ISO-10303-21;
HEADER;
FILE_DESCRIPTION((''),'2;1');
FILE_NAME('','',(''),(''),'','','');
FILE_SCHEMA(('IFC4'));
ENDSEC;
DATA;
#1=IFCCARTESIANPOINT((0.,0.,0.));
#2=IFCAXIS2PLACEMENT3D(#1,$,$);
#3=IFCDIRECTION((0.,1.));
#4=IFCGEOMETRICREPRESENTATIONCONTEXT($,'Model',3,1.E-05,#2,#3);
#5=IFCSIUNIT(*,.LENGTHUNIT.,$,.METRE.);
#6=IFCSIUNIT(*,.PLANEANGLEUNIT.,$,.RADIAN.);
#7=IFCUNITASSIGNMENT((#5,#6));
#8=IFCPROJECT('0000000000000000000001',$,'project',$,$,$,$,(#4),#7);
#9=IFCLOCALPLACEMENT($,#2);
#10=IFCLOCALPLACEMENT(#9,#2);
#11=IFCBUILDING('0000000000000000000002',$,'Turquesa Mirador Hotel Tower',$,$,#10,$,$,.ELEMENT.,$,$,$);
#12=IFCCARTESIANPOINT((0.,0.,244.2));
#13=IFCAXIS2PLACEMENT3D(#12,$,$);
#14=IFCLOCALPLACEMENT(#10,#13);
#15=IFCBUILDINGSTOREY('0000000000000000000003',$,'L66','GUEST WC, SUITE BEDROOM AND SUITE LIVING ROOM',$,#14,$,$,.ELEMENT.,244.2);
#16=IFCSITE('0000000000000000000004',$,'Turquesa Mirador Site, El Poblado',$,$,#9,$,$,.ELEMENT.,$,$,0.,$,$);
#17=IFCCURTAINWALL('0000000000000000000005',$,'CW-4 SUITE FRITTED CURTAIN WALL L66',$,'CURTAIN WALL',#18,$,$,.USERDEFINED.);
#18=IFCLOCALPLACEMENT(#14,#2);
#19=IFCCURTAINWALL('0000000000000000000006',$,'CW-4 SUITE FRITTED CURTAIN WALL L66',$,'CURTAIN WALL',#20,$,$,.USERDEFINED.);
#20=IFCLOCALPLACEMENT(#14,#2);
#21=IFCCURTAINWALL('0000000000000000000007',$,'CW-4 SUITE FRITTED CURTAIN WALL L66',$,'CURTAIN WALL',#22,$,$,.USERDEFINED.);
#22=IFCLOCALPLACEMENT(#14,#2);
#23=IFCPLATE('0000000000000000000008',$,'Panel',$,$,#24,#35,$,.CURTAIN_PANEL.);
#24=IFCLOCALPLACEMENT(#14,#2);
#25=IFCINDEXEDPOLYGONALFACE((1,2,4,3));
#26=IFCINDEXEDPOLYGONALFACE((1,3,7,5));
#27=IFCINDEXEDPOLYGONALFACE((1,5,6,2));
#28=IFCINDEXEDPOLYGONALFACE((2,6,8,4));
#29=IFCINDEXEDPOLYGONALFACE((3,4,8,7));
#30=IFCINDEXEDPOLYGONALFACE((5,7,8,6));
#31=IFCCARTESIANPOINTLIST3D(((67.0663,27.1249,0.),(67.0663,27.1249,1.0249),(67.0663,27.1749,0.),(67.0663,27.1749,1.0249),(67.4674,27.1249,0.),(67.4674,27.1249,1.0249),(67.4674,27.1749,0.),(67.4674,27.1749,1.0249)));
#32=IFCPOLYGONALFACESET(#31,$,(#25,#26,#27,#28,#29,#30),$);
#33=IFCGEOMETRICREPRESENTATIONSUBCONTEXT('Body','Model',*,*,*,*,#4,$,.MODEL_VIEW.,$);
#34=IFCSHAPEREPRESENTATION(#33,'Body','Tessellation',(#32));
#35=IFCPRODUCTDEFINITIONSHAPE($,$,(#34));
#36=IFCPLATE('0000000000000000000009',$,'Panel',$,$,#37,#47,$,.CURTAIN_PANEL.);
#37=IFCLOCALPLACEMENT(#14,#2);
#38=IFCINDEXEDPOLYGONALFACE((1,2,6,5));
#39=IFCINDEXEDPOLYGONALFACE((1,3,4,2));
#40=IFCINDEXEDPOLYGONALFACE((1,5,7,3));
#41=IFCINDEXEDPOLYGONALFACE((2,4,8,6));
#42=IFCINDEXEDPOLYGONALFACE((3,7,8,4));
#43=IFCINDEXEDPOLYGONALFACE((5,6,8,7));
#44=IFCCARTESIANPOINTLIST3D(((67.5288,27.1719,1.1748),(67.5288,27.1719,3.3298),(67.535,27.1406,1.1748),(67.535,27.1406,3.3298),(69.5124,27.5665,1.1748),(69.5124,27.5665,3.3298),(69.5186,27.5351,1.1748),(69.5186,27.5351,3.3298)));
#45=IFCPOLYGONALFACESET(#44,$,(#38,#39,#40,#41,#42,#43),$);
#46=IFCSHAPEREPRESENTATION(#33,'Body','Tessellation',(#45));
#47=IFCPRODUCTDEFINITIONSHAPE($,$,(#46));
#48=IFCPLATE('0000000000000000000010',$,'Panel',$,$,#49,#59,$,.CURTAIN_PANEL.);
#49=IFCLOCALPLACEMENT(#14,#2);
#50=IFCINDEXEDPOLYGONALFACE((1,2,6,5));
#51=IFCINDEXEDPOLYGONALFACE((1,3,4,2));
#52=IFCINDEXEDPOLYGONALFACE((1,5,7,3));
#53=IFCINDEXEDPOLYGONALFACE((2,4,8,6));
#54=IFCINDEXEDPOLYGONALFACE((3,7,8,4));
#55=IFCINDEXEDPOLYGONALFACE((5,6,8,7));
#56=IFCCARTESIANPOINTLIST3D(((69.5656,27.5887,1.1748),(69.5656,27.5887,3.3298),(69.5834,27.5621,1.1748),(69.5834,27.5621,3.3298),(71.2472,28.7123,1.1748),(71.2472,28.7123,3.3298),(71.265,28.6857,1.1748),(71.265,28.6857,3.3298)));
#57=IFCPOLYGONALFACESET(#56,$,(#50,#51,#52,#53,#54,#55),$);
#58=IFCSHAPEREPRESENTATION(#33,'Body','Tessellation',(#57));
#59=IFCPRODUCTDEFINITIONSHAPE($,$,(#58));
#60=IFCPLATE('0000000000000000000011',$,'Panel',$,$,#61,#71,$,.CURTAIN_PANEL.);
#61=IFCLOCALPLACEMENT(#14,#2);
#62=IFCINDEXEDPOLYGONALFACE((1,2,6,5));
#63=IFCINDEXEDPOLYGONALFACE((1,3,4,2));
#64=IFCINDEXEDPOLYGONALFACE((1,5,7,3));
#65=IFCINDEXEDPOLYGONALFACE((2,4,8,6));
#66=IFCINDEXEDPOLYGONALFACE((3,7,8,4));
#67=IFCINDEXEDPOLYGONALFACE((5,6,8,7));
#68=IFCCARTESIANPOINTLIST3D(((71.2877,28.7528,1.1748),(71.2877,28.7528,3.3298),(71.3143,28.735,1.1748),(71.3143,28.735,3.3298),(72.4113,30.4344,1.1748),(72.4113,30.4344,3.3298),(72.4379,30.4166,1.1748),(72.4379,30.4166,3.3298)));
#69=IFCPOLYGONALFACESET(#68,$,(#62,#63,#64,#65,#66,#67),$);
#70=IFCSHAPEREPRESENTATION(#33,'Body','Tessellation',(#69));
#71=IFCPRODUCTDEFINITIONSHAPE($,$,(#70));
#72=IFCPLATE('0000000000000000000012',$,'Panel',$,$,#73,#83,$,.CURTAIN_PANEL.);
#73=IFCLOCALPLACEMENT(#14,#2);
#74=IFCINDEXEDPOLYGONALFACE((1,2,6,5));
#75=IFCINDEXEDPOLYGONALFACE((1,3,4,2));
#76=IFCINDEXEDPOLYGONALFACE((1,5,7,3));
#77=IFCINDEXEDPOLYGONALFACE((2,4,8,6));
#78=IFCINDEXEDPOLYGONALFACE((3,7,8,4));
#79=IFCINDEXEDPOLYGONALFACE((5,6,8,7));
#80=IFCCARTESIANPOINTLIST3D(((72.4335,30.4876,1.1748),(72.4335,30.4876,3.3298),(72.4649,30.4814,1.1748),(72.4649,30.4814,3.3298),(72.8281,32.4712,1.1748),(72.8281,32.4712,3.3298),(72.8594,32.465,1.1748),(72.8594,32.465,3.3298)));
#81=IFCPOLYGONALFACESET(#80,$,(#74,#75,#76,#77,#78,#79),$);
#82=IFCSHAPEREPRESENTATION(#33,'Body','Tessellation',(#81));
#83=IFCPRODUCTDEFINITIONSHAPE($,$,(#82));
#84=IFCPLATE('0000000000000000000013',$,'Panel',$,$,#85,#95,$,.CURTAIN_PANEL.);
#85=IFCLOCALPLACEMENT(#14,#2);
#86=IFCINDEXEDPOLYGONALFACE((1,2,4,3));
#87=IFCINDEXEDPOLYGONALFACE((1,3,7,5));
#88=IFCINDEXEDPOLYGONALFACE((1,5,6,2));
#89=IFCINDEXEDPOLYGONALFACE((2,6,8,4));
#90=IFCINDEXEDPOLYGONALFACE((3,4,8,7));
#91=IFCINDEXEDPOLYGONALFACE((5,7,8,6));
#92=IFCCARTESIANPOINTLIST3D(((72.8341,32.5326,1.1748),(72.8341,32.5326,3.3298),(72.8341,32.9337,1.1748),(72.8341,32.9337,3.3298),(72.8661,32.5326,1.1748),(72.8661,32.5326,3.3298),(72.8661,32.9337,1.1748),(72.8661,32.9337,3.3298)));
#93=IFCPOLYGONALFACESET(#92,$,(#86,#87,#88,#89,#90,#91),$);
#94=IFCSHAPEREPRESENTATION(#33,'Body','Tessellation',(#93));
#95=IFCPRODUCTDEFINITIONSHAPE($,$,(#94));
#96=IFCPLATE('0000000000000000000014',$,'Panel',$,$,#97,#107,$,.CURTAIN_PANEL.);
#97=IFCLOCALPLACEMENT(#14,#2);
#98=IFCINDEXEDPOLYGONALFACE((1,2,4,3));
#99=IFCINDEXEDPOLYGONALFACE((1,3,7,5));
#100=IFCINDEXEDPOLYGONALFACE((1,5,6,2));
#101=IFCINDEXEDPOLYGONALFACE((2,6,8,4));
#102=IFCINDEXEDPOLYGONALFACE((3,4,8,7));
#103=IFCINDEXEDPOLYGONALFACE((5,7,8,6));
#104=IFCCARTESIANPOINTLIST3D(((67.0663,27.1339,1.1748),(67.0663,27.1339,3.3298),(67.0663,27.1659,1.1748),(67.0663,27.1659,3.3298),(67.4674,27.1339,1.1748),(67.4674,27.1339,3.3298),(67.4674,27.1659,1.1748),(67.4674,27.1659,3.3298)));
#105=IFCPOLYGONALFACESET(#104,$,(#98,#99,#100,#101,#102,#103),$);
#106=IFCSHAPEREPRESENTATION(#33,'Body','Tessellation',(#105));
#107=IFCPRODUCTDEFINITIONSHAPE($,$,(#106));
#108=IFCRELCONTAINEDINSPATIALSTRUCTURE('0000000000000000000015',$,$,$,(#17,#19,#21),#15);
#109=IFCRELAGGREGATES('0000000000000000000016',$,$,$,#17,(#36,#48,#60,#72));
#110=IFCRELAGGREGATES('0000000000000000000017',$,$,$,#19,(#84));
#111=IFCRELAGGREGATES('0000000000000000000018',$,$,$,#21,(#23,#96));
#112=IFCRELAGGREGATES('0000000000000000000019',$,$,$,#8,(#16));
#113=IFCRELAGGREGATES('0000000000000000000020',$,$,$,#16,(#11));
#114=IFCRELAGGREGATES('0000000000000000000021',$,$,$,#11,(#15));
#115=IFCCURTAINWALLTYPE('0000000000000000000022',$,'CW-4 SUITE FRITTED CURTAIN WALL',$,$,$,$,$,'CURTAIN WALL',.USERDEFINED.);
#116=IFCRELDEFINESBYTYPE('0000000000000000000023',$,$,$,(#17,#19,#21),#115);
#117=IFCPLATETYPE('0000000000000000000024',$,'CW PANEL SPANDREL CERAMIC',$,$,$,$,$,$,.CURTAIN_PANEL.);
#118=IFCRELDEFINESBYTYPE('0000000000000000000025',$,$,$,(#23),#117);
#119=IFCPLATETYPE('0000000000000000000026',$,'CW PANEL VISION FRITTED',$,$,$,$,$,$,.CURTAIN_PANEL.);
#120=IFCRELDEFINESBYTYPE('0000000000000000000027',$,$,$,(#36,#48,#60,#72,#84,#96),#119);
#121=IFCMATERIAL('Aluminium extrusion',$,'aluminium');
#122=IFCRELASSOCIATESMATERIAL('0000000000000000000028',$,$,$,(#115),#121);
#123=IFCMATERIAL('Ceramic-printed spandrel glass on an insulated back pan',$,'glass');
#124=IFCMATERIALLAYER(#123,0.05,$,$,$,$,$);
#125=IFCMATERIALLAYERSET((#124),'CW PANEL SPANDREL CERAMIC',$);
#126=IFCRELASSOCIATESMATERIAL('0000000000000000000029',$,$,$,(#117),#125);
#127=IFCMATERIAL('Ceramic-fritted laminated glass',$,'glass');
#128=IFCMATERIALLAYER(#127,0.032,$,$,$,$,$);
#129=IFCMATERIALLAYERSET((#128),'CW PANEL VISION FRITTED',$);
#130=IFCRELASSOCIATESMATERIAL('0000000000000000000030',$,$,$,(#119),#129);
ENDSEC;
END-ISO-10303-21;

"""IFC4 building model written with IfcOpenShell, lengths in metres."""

from ifc_helpers import new_model, si_unit, direction, frame, origin, origin_2d, place, context, subcontext, project, spatial, rectangle, extrude, material, layer, layer_set, type_object, element, aggregate, save


model = new_model("IFC4")

# Units and contexts
model_context = context("Model", 3, precision=1e-05, world=origin(), true_north=direction((0.0, 1.0)))
body_context = subcontext(model_context, "Body", "Model", "MODEL_VIEW")
ifc_project = project(units=[si_unit("LENGTHUNIT", "METRE"), si_unit("PLANEANGLEUNIT", "RADIAN")], contexts=[model_context])

# Site, building, storey
site_placement = place(None, origin())
site = spatial("IfcSite", under=ifc_project, at=site_placement, Name="Turquesa Mirador Site, El Poblado", CompositionType="ELEMENT", RefElevation=0.0)
building_placement = place(site_placement, origin())
building = spatial("IfcBuilding", under=site, at=building_placement, Name="Turquesa Mirador Hotel Tower", CompositionType="ELEMENT")
storey_placement = place(building_placement, frame((0.0, 0.0, 244.2)))
storey = spatial("IfcBuildingStorey", under=building, at=storey_placement, Name="L66", Description="GUEST WC, SUITE BEDROOM AND SUITE LIVING ROOM", CompositionType="ELEMENT", Elevation=244.2)

# Curtain walls
ifc_material_1 = material(Name="Aluminium extrusion", Category="aluminium")
curtain_wall_type = type_object("IfcCurtainWallType", Name="CW-4 SUITE FRITTED CURTAIN WALL", ElementType="CURTAIN WALL", PredefinedType="USERDEFINED", material=ifc_material_1)
curtain_wall_1_placement = place(storey_placement, origin())
curtain_wall_1 = element("IfcCurtainWall", 1, at=curtain_wall_1_placement, inside=storey, type_object=curtain_wall_type, Name="CW-4 SUITE FRITTED CURTAIN WALL L66", ObjectType="CURTAIN WALL", PredefinedType="USERDEFINED")
curtain_wall_2_placement = place(storey_placement, origin())
curtain_wall_2 = element("IfcCurtainWall", 2, at=curtain_wall_2_placement, inside=storey, type_object=curtain_wall_type, Name="CW-4 SUITE FRITTED CURTAIN WALL L66", ObjectType="CURTAIN WALL", PredefinedType="USERDEFINED")

# Curtain wall
curtain_wall_3_placement = place(storey_placement, origin())
curtain_wall_3 = element("IfcCurtainWall", 3, at=curtain_wall_3_placement, inside=storey, type_object=curtain_wall_type, Name="CW-4 SUITE FRITTED CURTAIN WALL L66", ObjectType="CURTAIN WALL", PredefinedType="USERDEFINED")

# Plates
ifc_material_2 = material(Name="Ceramic-printed spandrel glass on an insulated back pan", Category="glass")
ifc_layer_1 = layer(ifc_material_2, 0.05)
ifc_layer_set_1 = layer_set([ifc_layer_1], Name="CW PANEL SPANDREL CERAMIC")
plate_type_1 = type_object("IfcPlateType", Name="CW PANEL SPANDREL CERAMIC", PredefinedType="CURTAIN_PANEL", material=ifc_layer_set_1)
plate_1_placement = place(storey_placement, frame((67.2668, 27.1499, 0.0), z_axis=(0.0, 0.0, 1.0), x_axis=(1.0, 0.0, 0.0)))
plate_1 = element("IfcPlate", 4, at=plate_1_placement, type_object=plate_type_1, Name="Panel", PredefinedType="CURTAIN_PANEL", context=body_context, shape_type="SweptSolid", body=[
    extrude(rectangle(XDim=0.4011, YDim=0.05, at=origin_2d()), origin(), (0.0, 0.0, 1.0), 1.0249),
])
ifc_material_3 = material(Name="Ceramic-fritted laminated glass", Category="glass")
ifc_layer_2 = layer(ifc_material_3, 0.032)
ifc_layer_set_2 = layer_set([ifc_layer_2], Name="CW PANEL VISION FRITTED")
plate_type_2 = type_object("IfcPlateType", Name="CW PANEL VISION FRITTED", PredefinedType="CURTAIN_PANEL", material=ifc_layer_set_2)
plate_2_placement = place(storey_placement, frame((68.5237, 27.3535, 1.1748), z_axis=(0.0, 0.0, 1.0), x_axis=(0.980785, 0.195091, 0.0)))
plate_2 = element("IfcPlate", 5, at=plate_2_placement, type_object=plate_type_2, Name="Panel", PredefinedType="CURTAIN_PANEL", context=body_context, shape_type="SweptSolid", body=[
    extrude(rectangle(XDim=2.0225, YDim=0.032, at=origin_2d()), origin(), (0.0, 0.0, 1.0), 2.155),
])
plate_3_placement = place(storey_placement, frame((70.4153, 28.1372, 1.1748), z_axis=(0.0, 0.0, 1.0), x_axis=(0.83147, 0.55557, 0.0)))
plate_3 = element("IfcPlate", 6, at=plate_3_placement, type_object=plate_type_2, Name="Panel", PredefinedType="CURTAIN_PANEL", context=body_context, shape_type="SweptSolid", body=[
    extrude(rectangle(XDim=2.0225, YDim=0.032, at=origin_2d()), origin(), (0.0, 0.0, 1.0), 2.155),
])
plate_4_placement = place(storey_placement, frame((71.8628, 29.5847, 1.1748), z_axis=(0.0, 0.0, 1.0), x_axis=(0.55557, 0.83147, 0.0)))
plate_4 = element("IfcPlate", 7, at=plate_4_placement, type_object=plate_type_2, Name="Panel", PredefinedType="CURTAIN_PANEL", context=body_context, shape_type="SweptSolid", body=[
    extrude(rectangle(XDim=2.0225, YDim=0.032, at=origin_2d()), origin(), (0.0, 0.0, 1.0), 2.155),
])
plate_5_placement = place(storey_placement, frame((72.6465, 31.4763, 1.1748), z_axis=(0.0, 0.0, 1.0), x_axis=(0.195091, 0.980785, 0.0)))
plate_5 = element("IfcPlate", 8, at=plate_5_placement, type_object=plate_type_2, Name="Panel", PredefinedType="CURTAIN_PANEL", context=body_context, shape_type="SweptSolid", body=[
    extrude(rectangle(XDim=2.0225, YDim=0.032, at=origin_2d()), origin(), (0.0, 0.0, 1.0), 2.155),
])
aggregate(curtain_wall_1, [plate_2, plate_3, plate_4, plate_5])
plate_6_placement = place(storey_placement, frame((72.8501, 32.7332, 1.1748), z_axis=(0.0, 0.0, 1.0), x_axis=(0.0, 1.0, 0.0)))
plate_6 = element("IfcPlate", 9, at=plate_6_placement, type_object=plate_type_2, Name="Panel", PredefinedType="CURTAIN_PANEL", context=body_context, shape_type="SweptSolid", body=[
    extrude(rectangle(XDim=0.4011, YDim=0.032, at=origin_2d()), origin(), (0.0, 0.0, 1.0), 2.155),
])
aggregate(curtain_wall_2, [plate_6])
plate_7_placement = place(storey_placement, frame((67.2668, 27.1499, 1.1748), z_axis=(0.0, 0.0, 1.0), x_axis=(1.0, 0.0, 0.0)))
plate_7 = element("IfcPlate", 10, at=plate_7_placement, type_object=plate_type_2, Name="Panel", PredefinedType="CURTAIN_PANEL", context=body_context, shape_type="SweptSolid", body=[
    extrude(rectangle(XDim=0.4011, YDim=0.032, at=origin_2d()), origin(), (0.0, 0.0, 1.0), 2.155),
])
aggregate(curtain_wall_3, [plate_1, plate_7])

save(model, "model.ifc")
